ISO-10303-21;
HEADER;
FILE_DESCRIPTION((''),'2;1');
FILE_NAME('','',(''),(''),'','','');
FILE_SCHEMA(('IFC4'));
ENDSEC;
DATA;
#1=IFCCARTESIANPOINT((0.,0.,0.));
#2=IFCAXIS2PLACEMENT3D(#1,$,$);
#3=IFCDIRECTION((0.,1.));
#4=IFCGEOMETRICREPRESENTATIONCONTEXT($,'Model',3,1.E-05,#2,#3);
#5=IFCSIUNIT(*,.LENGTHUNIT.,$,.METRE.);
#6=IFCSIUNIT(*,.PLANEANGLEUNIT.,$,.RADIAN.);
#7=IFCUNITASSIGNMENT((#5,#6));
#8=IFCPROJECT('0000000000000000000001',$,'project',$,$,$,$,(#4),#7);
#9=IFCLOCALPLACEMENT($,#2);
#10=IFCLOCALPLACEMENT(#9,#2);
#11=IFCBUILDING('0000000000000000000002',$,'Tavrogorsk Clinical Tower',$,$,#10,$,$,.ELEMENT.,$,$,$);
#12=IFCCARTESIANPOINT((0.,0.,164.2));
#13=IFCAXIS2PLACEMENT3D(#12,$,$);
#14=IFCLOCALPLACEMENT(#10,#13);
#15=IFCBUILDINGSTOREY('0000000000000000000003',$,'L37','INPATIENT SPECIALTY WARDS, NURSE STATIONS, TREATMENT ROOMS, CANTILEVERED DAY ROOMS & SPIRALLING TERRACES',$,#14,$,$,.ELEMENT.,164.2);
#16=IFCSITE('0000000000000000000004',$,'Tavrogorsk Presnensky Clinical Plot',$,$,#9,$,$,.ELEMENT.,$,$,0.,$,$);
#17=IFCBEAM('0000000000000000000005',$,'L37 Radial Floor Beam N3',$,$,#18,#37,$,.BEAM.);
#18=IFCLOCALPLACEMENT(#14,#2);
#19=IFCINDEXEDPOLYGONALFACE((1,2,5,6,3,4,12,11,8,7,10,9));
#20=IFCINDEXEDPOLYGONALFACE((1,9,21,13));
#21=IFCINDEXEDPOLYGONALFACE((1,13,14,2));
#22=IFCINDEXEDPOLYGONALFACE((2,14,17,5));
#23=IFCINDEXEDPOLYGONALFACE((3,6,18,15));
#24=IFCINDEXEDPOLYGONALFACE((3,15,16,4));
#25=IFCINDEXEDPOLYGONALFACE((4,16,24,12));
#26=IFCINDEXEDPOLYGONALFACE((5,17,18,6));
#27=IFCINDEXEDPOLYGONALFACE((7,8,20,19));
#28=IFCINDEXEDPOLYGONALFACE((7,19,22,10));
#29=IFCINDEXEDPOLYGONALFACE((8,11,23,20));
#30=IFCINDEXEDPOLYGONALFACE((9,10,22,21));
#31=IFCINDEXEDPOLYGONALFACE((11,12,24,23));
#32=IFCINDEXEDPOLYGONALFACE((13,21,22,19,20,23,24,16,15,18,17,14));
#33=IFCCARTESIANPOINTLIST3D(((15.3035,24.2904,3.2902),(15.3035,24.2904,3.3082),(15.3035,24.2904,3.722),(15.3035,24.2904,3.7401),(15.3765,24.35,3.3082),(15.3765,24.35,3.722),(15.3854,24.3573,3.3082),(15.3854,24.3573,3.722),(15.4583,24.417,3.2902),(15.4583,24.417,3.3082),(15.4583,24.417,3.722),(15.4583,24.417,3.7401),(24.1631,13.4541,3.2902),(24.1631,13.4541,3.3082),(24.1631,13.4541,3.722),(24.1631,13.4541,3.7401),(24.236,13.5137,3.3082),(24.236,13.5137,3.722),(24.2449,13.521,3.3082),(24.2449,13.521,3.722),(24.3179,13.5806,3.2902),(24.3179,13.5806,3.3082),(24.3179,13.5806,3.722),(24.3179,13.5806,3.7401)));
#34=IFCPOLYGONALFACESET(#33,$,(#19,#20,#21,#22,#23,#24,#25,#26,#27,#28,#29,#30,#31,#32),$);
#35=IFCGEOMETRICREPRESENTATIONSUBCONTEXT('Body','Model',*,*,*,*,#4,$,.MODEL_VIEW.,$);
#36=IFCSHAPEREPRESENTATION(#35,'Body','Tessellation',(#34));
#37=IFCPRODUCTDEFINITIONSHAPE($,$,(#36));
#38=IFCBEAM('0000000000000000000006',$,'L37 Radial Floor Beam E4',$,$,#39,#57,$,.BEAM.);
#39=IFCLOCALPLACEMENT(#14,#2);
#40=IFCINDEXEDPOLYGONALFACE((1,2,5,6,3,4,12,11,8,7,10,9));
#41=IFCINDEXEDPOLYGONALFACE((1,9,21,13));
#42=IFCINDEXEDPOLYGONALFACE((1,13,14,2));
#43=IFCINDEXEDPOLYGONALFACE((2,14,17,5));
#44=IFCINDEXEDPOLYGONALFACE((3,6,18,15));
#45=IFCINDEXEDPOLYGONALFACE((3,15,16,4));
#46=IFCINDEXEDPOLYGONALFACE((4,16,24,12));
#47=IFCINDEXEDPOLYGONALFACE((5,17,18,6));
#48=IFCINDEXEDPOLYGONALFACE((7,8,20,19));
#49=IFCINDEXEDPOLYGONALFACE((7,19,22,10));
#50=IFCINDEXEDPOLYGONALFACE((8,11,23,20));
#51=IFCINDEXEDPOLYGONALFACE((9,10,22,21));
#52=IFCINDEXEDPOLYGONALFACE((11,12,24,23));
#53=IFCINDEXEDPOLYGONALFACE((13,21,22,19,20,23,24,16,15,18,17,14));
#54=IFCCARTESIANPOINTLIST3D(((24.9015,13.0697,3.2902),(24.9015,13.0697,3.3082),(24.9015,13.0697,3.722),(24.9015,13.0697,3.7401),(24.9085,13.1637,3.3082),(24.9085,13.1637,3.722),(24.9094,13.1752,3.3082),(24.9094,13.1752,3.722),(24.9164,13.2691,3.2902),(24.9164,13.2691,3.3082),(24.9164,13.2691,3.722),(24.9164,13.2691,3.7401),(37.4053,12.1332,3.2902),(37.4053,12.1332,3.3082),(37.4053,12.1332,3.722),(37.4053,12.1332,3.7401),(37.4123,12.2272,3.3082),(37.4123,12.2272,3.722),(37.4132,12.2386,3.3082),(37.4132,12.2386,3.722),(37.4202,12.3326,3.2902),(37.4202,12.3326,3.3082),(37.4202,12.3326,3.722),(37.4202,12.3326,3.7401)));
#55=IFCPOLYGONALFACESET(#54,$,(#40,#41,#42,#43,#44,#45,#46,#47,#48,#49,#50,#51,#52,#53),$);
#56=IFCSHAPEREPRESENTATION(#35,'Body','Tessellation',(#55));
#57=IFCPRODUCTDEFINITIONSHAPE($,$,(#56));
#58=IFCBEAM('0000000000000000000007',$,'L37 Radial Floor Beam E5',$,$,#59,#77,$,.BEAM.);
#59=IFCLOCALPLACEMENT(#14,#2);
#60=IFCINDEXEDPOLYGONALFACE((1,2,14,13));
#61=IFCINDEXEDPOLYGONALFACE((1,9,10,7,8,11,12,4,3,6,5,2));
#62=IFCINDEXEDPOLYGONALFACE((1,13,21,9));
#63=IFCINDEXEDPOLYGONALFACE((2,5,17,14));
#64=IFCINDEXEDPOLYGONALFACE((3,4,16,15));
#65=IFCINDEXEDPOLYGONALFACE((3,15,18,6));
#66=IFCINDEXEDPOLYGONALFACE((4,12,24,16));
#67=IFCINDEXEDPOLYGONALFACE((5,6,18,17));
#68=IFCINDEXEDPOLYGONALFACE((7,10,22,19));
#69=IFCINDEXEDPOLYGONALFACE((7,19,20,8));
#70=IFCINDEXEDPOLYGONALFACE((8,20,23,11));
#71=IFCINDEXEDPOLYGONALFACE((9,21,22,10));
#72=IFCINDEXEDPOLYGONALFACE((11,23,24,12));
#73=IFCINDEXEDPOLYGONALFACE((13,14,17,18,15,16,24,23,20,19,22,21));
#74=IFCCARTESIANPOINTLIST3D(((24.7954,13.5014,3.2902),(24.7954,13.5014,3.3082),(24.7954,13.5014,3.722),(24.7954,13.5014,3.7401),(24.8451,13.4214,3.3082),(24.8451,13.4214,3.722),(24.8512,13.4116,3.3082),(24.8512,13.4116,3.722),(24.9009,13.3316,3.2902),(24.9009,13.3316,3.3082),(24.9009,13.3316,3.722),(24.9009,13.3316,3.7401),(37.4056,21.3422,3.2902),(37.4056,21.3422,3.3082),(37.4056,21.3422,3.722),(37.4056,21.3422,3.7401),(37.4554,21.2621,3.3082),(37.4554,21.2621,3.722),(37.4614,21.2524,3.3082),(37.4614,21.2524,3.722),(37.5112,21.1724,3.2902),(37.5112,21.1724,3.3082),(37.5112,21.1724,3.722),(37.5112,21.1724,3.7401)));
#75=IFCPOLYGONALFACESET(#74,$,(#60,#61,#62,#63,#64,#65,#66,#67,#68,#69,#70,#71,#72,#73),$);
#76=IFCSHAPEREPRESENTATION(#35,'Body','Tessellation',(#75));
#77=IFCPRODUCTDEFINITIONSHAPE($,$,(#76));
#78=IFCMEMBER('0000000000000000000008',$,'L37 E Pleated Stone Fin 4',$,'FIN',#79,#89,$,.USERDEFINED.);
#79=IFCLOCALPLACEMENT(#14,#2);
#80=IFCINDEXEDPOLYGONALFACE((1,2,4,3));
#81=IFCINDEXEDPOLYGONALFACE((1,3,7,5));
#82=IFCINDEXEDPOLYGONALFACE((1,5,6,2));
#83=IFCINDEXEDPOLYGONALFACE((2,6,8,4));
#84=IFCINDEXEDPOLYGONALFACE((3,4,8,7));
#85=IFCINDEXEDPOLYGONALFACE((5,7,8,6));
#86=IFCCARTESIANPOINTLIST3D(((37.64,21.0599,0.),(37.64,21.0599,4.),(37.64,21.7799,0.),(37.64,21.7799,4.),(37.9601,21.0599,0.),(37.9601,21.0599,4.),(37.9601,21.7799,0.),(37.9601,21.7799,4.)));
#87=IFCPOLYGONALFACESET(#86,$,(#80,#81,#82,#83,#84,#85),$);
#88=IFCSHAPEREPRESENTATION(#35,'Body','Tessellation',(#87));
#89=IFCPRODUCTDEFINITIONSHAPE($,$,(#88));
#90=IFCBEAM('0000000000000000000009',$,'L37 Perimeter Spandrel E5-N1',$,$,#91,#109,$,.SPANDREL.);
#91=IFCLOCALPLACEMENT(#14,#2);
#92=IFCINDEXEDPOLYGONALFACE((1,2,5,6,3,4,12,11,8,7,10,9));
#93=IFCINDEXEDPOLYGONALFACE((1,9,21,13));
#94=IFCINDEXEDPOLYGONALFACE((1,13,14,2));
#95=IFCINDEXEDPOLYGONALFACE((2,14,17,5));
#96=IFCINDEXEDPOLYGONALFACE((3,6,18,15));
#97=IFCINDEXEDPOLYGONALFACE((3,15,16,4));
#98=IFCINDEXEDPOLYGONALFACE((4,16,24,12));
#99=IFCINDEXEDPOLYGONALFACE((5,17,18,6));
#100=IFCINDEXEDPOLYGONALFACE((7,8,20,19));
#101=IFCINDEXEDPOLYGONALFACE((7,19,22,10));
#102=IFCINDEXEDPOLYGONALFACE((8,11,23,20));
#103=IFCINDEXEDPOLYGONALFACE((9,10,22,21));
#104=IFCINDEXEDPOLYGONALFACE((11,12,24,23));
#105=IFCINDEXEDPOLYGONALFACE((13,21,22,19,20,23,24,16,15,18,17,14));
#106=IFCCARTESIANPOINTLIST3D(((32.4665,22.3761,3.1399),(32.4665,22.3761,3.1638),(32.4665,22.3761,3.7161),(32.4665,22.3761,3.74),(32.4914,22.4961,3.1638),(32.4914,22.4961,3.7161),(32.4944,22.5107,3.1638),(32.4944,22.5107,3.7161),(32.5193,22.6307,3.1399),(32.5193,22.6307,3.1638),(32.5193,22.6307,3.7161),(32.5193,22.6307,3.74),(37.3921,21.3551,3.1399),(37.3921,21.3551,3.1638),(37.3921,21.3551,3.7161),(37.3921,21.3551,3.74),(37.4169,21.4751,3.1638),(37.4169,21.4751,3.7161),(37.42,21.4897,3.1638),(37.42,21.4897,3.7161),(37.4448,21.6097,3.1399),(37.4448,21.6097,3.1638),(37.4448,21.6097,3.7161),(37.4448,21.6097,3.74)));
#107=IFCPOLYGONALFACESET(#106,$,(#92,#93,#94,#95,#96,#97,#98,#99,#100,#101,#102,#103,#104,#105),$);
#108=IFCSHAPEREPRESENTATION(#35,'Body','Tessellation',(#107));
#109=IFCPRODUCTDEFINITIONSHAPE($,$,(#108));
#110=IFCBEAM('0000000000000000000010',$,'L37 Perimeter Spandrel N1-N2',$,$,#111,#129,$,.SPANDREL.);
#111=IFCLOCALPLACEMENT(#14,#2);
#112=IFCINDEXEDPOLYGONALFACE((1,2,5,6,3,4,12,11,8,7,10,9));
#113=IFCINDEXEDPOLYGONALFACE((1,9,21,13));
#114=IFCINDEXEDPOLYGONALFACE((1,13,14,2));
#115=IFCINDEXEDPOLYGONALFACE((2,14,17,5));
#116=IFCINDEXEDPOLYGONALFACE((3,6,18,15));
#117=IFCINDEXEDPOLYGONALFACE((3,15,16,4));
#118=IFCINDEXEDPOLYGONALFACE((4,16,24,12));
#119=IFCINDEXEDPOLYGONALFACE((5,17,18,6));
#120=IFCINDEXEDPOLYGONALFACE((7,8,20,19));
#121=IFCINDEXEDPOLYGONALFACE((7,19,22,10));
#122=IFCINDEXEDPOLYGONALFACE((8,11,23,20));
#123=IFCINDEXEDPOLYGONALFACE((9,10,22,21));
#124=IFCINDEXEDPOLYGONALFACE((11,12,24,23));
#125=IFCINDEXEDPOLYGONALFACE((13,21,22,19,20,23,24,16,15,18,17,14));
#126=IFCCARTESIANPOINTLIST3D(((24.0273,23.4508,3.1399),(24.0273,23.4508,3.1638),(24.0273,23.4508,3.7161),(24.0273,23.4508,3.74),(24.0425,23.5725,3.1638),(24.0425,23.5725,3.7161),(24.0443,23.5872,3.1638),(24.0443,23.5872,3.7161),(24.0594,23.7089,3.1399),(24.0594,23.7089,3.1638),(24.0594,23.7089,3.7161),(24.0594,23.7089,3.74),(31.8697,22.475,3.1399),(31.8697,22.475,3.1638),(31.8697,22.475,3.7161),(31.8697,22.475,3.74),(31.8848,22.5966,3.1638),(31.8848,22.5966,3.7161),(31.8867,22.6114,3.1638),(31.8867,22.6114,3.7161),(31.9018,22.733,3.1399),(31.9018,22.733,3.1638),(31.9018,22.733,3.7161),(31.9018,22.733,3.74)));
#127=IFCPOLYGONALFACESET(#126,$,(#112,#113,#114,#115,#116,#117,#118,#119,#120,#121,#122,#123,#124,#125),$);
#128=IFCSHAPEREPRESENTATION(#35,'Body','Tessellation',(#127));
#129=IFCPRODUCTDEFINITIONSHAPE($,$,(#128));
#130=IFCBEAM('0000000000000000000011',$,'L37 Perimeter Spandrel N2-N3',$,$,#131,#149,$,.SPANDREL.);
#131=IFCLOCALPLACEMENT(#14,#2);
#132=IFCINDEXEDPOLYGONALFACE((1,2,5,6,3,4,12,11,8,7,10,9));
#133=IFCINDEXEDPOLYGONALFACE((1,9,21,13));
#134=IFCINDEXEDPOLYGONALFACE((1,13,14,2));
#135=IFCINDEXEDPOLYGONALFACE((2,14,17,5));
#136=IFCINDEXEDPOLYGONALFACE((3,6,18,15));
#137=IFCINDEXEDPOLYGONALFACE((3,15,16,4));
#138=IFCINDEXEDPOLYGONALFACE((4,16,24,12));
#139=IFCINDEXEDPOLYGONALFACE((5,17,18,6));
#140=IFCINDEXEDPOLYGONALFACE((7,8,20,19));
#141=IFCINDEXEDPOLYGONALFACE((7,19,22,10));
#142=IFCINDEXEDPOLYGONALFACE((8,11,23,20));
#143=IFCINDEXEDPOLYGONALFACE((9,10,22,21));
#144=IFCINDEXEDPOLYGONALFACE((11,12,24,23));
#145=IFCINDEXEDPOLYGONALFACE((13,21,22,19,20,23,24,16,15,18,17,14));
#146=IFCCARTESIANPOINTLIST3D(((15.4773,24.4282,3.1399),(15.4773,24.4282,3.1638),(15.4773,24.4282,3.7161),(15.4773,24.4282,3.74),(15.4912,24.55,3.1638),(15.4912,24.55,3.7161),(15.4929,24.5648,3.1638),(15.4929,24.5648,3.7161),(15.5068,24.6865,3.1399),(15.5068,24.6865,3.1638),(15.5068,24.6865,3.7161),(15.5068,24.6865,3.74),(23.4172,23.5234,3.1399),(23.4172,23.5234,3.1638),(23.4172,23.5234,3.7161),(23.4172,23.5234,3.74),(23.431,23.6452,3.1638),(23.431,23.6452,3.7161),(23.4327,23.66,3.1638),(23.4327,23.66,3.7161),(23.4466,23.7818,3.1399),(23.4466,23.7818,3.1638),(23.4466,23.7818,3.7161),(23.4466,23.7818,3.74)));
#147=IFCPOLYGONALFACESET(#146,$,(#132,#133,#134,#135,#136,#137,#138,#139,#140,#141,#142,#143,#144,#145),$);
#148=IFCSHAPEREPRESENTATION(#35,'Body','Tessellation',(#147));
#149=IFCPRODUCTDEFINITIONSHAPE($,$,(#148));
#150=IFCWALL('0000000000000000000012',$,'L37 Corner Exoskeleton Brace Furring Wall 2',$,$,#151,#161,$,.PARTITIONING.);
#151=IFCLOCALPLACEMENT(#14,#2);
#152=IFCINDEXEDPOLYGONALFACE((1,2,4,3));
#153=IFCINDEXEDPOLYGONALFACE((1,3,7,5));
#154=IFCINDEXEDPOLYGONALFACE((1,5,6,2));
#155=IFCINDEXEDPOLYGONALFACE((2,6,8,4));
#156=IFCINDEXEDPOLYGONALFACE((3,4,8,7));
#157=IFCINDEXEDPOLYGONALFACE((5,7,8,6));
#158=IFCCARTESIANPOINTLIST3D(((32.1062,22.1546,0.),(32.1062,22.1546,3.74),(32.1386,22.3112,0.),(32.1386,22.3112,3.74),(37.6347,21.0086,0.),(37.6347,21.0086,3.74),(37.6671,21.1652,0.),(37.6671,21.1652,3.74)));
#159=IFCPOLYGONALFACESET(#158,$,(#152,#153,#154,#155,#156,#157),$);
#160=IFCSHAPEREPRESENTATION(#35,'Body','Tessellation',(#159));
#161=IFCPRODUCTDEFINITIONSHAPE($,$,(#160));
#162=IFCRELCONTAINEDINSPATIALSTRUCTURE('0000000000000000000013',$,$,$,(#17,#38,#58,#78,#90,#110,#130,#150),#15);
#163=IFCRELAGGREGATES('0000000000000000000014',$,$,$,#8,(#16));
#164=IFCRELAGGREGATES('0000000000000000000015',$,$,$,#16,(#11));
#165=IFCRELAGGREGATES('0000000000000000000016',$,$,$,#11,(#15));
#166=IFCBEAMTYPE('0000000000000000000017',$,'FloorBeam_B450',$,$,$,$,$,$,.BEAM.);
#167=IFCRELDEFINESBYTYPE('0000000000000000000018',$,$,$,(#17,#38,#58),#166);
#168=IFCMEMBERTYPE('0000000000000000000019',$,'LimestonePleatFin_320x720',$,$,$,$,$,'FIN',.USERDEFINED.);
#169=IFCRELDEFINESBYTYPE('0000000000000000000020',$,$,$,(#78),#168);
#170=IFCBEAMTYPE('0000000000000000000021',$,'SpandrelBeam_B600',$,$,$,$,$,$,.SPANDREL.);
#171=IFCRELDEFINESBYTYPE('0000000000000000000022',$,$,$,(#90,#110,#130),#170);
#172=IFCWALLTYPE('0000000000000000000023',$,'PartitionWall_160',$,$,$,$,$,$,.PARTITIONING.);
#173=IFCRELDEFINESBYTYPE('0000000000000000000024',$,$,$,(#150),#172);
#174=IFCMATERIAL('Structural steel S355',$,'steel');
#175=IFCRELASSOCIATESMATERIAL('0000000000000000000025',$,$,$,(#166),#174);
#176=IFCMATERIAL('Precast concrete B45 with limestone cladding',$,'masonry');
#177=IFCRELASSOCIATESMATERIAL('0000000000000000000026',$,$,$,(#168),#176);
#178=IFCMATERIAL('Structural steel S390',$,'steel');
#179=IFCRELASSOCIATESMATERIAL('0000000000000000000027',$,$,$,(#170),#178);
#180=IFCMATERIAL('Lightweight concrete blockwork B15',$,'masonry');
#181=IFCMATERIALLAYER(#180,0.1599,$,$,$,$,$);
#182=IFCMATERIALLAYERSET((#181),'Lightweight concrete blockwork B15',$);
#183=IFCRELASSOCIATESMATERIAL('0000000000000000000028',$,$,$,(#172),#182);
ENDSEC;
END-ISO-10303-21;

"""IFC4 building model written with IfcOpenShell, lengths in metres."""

from ifc_helpers import new_model, si_unit, direction, frame, frame_2d, origin, origin_2d, place, context, subcontext, project, spatial, rectangle, i_section, extrude, material, layer, layer_set, material_profile, profile_set, type_object, element, save


model = new_model("IFC4")

# Units and contexts
model_context = context("Model", 3, precision=1e-05, world=origin(), true_north=direction((0.0, 1.0)))
body_context = subcontext(model_context, "Body", "Model", "MODEL_VIEW")
ifc_project = project(units=[si_unit("LENGTHUNIT", "METRE"), si_unit("PLANEANGLEUNIT", "RADIAN")], contexts=[model_context])

# Site, building, storey
site_placement = place(None, origin())
site = spatial("IfcSite", under=ifc_project, at=site_placement, Name="Tavrogorsk Presnensky Clinical Plot", CompositionType="ELEMENT", RefElevation=0.0)
building_placement = place(site_placement, origin())
building = spatial("IfcBuilding", under=site, at=building_placement, Name="Tavrogorsk Clinical Tower", CompositionType="ELEMENT")
storey_placement = place(building_placement, frame((0.0, 0.0, 164.2)))
storey = spatial("IfcBuildingStorey", under=building, at=storey_placement, Name="L37", Description="INPATIENT SPECIALTY WARDS, NURSE STATIONS, TREATMENT ROOMS, CANTILEVERED DAY ROOMS & SPIRALLING TERRACES", CompositionType="ELEMENT", Elevation=164.2)

# Beams
ifc_material_1 = material(Name="Structural steel S355", Category="steel")
ifc_material_profile_1 = material_profile(ifc_material_1, i_section(OverallWidth=0.2, OverallDepth=0.45, WebThickness=0.0115, FlangeThickness=0.0181, at=origin_2d()), Name="B-450x200x11.5x18")
ifc_profile_set_1 = profile_set([ifc_material_profile_1], Name="Structural steel S355")
beam_type_1 = type_object("IfcBeamType", Name="FloorBeam_B450", PredefinedType="BEAM", material=ifc_profile_set_1)
beam_1_placement = place(storey_placement, frame((24.2405, 13.5173, 3.5151), z_axis=(-0.632958, 0.774187, 0.0), x_axis=(-0.774187, -0.632958, 0.0)))
element("IfcBeam", 1, at=beam_1_placement, inside=storey, type_object=beam_type_1, Name="L37 Radial Floor Beam N3", PredefinedType="BEAM", context=body_context, shape_type="SweptSolid", body=[
    extrude(i_section(OverallWidth=0.2, OverallDepth=0.45, WebThickness=0.0115, FlangeThickness=0.0181, at=origin_2d()), origin(), (0.0, 0.0, 1.0), 13.9971),
])
beam_2_placement = place(storey_placement, frame((24.9089, 13.1694, 3.5151), z_axis=(0.997207, -0.074689, 0.0), x_axis=(0.074689, 0.997207, 0.0)))
element("IfcBeam", 2, at=beam_2_placement, inside=storey, type_object=beam_type_1, Name="L37 Radial Floor Beam E4", PredefinedType="BEAM", context=body_context, shape_type="SweptSolid", body=[
    extrude(i_section(OverallWidth=0.2, OverallDepth=0.45, WebThickness=0.0115, FlangeThickness=0.0181, at=origin_2d()), origin(), (0.0, 0.0, 1.0), 12.5388),
])
beam_3_placement = place(storey_placement, frame((24.8481, 13.4165, 3.5151), z_axis=(0.849226, 0.528029, 0.0), x_axis=(-0.528029, 0.849226, 0.0)))
element("IfcBeam", 3, at=beam_3_placement, inside=storey, type_object=beam_type_1, Name="L37 Radial Floor Beam E5", PredefinedType="BEAM", context=body_context, shape_type="SweptSolid", body=[
    extrude(i_section(OverallWidth=0.2, OverallDepth=0.45, WebThickness=0.0115, FlangeThickness=0.0181, at=origin_2d()), origin(), (0.0, 0.0, 1.0), 14.8491),
])

# Member
ifc_material_2 = material(Name="Precast concrete B45 with limestone cladding", Category="masonry")
ifc_material_profile_2 = material_profile(ifc_material_2, rectangle(XDim=0.3201, YDim=0.72, at=origin_2d()), Name="LIMESTONE-FIN-320x720")
ifc_profile_set_2 = profile_set([ifc_material_profile_2], Name="Precast concrete B45 with limestone cladding")
member_type_1 = type_object("IfcMemberType", Name="LimestonePleatFin_320x720", ElementType="FIN", PredefinedType="USERDEFINED", material=ifc_profile_set_2)
member_1_placement = place(storey_placement, frame((37.8, 21.4199, 0.0), z_axis=(0.0, 0.0, 1.0), x_axis=(1.0, 0.0, 0.0)))
element("IfcMember", 4, at=member_1_placement, inside=storey, type_object=member_type_1, Name="L37 E Pleated Stone Fin 4", ObjectType="FIN", PredefinedType="USERDEFINED", context=body_context, shape_type="SweptSolid", body=[
    extrude(rectangle(XDim=0.3201, YDim=0.72, at=origin_2d()), origin(), (0.0, 0.0, 1.0), 4.0),
])

# Beams
ifc_material_3 = material(Name="Structural steel S390", Category="steel")
ifc_material_profile_3 = material_profile(ifc_material_3, i_section(OverallWidth=0.26, OverallDepth=0.6001, WebThickness=0.0149, FlangeThickness=0.0239, at=origin_2d()), Name="B-600x260x15x24")
ifc_profile_set_3 = profile_set([ifc_material_profile_3], Name="Structural steel S390")
beam_type_2 = type_object("IfcBeamType", Name="SpandrelBeam_B600", PredefinedType="SPANDREL", material=ifc_profile_set_3)
beam_4_placement = place(storey_placement, frame((37.4185, 21.4824, 3.4399), z_axis=(-0.979185, 0.202972, 0.0), x_axis=(-0.202972, -0.979185, 0.0)))
element("IfcBeam", 5, at=beam_4_placement, inside=storey, type_object=beam_type_2, Name="L37 Perimeter Spandrel E5-N1", PredefinedType="SPANDREL", context=body_context, shape_type="SweptSolid", body=[
    extrude(i_section(OverallWidth=0.26, OverallDepth=0.6001, WebThickness=0.0149, FlangeThickness=0.0239, at=origin_2d()), origin(), (0.0, 0.0, 1.0), 5.0303),
])
beam_5_placement = place(storey_placement, frame((31.8857, 22.604, 3.4399), z_axis=(-0.992347, 0.12348, 0.0), x_axis=(-0.12348, -0.992347, 0.0)))
element("IfcBeam", 6, at=beam_5_placement, inside=storey, type_object=beam_type_2, Name="L37 Perimeter Spandrel N1-N2", PredefinedType="SPANDREL", context=body_context, shape_type="SweptSolid", body=[
    extrude(i_section(OverallWidth=0.26, OverallDepth=0.6001, WebThickness=0.0149, FlangeThickness=0.0239, at=origin_2d()), origin(), (0.0, 0.0, 1.0), 7.9028),
])
beam_6_placement = place(storey_placement, frame((23.4319, 23.6526, 3.4399), z_axis=(-0.99357, 0.113221, 0.0), x_axis=(-0.113221, -0.99357, 0.0)))
element("IfcBeam", 7, at=beam_6_placement, inside=storey, type_object=beam_type_2, Name="L37 Perimeter Spandrel N2-N3", PredefinedType="SPANDREL", context=body_context, shape_type="SweptSolid", body=[
    extrude(i_section(OverallWidth=0.26, OverallDepth=0.6001, WebThickness=0.0149, FlangeThickness=0.0239, at=origin_2d()), origin(), (0.0, 0.0, 1.0), 7.9912),
])

# Wall
ifc_material_4 = material(Name="Lightweight concrete blockwork B15", Category="masonry")
ifc_layer_1 = layer(ifc_material_4, 0.1599)
ifc_layer_set_1 = layer_set([ifc_layer_1], Name="Lightweight concrete blockwork B15")
wall_type_1 = type_object("IfcWallType", Name="PartitionWall_160", PredefinedType="PARTITIONING", material=ifc_layer_set_1)
wall_1_placement = place(storey_placement, frame((37.6509, 21.0869, 0.0), z_axis=(0.0, 0.0, 1.0), x_axis=(-0.979185, 0.202972, 0.0)))
element("IfcWall", 8, at=wall_1_placement, inside=storey, type_object=wall_type_1, Name="L37 Corner Exoskeleton Brace Furring Wall 2", PredefinedType="PARTITIONING", context=body_context, shape_type="SweptSolid", body=[
    extrude(rectangle(XDim=5.646, YDim=0.1599, at=frame_2d((2.823, 0.0))), origin(), (0.0, 0.0, 1.0), 3.74),
])

save(model, "model.ifc")
